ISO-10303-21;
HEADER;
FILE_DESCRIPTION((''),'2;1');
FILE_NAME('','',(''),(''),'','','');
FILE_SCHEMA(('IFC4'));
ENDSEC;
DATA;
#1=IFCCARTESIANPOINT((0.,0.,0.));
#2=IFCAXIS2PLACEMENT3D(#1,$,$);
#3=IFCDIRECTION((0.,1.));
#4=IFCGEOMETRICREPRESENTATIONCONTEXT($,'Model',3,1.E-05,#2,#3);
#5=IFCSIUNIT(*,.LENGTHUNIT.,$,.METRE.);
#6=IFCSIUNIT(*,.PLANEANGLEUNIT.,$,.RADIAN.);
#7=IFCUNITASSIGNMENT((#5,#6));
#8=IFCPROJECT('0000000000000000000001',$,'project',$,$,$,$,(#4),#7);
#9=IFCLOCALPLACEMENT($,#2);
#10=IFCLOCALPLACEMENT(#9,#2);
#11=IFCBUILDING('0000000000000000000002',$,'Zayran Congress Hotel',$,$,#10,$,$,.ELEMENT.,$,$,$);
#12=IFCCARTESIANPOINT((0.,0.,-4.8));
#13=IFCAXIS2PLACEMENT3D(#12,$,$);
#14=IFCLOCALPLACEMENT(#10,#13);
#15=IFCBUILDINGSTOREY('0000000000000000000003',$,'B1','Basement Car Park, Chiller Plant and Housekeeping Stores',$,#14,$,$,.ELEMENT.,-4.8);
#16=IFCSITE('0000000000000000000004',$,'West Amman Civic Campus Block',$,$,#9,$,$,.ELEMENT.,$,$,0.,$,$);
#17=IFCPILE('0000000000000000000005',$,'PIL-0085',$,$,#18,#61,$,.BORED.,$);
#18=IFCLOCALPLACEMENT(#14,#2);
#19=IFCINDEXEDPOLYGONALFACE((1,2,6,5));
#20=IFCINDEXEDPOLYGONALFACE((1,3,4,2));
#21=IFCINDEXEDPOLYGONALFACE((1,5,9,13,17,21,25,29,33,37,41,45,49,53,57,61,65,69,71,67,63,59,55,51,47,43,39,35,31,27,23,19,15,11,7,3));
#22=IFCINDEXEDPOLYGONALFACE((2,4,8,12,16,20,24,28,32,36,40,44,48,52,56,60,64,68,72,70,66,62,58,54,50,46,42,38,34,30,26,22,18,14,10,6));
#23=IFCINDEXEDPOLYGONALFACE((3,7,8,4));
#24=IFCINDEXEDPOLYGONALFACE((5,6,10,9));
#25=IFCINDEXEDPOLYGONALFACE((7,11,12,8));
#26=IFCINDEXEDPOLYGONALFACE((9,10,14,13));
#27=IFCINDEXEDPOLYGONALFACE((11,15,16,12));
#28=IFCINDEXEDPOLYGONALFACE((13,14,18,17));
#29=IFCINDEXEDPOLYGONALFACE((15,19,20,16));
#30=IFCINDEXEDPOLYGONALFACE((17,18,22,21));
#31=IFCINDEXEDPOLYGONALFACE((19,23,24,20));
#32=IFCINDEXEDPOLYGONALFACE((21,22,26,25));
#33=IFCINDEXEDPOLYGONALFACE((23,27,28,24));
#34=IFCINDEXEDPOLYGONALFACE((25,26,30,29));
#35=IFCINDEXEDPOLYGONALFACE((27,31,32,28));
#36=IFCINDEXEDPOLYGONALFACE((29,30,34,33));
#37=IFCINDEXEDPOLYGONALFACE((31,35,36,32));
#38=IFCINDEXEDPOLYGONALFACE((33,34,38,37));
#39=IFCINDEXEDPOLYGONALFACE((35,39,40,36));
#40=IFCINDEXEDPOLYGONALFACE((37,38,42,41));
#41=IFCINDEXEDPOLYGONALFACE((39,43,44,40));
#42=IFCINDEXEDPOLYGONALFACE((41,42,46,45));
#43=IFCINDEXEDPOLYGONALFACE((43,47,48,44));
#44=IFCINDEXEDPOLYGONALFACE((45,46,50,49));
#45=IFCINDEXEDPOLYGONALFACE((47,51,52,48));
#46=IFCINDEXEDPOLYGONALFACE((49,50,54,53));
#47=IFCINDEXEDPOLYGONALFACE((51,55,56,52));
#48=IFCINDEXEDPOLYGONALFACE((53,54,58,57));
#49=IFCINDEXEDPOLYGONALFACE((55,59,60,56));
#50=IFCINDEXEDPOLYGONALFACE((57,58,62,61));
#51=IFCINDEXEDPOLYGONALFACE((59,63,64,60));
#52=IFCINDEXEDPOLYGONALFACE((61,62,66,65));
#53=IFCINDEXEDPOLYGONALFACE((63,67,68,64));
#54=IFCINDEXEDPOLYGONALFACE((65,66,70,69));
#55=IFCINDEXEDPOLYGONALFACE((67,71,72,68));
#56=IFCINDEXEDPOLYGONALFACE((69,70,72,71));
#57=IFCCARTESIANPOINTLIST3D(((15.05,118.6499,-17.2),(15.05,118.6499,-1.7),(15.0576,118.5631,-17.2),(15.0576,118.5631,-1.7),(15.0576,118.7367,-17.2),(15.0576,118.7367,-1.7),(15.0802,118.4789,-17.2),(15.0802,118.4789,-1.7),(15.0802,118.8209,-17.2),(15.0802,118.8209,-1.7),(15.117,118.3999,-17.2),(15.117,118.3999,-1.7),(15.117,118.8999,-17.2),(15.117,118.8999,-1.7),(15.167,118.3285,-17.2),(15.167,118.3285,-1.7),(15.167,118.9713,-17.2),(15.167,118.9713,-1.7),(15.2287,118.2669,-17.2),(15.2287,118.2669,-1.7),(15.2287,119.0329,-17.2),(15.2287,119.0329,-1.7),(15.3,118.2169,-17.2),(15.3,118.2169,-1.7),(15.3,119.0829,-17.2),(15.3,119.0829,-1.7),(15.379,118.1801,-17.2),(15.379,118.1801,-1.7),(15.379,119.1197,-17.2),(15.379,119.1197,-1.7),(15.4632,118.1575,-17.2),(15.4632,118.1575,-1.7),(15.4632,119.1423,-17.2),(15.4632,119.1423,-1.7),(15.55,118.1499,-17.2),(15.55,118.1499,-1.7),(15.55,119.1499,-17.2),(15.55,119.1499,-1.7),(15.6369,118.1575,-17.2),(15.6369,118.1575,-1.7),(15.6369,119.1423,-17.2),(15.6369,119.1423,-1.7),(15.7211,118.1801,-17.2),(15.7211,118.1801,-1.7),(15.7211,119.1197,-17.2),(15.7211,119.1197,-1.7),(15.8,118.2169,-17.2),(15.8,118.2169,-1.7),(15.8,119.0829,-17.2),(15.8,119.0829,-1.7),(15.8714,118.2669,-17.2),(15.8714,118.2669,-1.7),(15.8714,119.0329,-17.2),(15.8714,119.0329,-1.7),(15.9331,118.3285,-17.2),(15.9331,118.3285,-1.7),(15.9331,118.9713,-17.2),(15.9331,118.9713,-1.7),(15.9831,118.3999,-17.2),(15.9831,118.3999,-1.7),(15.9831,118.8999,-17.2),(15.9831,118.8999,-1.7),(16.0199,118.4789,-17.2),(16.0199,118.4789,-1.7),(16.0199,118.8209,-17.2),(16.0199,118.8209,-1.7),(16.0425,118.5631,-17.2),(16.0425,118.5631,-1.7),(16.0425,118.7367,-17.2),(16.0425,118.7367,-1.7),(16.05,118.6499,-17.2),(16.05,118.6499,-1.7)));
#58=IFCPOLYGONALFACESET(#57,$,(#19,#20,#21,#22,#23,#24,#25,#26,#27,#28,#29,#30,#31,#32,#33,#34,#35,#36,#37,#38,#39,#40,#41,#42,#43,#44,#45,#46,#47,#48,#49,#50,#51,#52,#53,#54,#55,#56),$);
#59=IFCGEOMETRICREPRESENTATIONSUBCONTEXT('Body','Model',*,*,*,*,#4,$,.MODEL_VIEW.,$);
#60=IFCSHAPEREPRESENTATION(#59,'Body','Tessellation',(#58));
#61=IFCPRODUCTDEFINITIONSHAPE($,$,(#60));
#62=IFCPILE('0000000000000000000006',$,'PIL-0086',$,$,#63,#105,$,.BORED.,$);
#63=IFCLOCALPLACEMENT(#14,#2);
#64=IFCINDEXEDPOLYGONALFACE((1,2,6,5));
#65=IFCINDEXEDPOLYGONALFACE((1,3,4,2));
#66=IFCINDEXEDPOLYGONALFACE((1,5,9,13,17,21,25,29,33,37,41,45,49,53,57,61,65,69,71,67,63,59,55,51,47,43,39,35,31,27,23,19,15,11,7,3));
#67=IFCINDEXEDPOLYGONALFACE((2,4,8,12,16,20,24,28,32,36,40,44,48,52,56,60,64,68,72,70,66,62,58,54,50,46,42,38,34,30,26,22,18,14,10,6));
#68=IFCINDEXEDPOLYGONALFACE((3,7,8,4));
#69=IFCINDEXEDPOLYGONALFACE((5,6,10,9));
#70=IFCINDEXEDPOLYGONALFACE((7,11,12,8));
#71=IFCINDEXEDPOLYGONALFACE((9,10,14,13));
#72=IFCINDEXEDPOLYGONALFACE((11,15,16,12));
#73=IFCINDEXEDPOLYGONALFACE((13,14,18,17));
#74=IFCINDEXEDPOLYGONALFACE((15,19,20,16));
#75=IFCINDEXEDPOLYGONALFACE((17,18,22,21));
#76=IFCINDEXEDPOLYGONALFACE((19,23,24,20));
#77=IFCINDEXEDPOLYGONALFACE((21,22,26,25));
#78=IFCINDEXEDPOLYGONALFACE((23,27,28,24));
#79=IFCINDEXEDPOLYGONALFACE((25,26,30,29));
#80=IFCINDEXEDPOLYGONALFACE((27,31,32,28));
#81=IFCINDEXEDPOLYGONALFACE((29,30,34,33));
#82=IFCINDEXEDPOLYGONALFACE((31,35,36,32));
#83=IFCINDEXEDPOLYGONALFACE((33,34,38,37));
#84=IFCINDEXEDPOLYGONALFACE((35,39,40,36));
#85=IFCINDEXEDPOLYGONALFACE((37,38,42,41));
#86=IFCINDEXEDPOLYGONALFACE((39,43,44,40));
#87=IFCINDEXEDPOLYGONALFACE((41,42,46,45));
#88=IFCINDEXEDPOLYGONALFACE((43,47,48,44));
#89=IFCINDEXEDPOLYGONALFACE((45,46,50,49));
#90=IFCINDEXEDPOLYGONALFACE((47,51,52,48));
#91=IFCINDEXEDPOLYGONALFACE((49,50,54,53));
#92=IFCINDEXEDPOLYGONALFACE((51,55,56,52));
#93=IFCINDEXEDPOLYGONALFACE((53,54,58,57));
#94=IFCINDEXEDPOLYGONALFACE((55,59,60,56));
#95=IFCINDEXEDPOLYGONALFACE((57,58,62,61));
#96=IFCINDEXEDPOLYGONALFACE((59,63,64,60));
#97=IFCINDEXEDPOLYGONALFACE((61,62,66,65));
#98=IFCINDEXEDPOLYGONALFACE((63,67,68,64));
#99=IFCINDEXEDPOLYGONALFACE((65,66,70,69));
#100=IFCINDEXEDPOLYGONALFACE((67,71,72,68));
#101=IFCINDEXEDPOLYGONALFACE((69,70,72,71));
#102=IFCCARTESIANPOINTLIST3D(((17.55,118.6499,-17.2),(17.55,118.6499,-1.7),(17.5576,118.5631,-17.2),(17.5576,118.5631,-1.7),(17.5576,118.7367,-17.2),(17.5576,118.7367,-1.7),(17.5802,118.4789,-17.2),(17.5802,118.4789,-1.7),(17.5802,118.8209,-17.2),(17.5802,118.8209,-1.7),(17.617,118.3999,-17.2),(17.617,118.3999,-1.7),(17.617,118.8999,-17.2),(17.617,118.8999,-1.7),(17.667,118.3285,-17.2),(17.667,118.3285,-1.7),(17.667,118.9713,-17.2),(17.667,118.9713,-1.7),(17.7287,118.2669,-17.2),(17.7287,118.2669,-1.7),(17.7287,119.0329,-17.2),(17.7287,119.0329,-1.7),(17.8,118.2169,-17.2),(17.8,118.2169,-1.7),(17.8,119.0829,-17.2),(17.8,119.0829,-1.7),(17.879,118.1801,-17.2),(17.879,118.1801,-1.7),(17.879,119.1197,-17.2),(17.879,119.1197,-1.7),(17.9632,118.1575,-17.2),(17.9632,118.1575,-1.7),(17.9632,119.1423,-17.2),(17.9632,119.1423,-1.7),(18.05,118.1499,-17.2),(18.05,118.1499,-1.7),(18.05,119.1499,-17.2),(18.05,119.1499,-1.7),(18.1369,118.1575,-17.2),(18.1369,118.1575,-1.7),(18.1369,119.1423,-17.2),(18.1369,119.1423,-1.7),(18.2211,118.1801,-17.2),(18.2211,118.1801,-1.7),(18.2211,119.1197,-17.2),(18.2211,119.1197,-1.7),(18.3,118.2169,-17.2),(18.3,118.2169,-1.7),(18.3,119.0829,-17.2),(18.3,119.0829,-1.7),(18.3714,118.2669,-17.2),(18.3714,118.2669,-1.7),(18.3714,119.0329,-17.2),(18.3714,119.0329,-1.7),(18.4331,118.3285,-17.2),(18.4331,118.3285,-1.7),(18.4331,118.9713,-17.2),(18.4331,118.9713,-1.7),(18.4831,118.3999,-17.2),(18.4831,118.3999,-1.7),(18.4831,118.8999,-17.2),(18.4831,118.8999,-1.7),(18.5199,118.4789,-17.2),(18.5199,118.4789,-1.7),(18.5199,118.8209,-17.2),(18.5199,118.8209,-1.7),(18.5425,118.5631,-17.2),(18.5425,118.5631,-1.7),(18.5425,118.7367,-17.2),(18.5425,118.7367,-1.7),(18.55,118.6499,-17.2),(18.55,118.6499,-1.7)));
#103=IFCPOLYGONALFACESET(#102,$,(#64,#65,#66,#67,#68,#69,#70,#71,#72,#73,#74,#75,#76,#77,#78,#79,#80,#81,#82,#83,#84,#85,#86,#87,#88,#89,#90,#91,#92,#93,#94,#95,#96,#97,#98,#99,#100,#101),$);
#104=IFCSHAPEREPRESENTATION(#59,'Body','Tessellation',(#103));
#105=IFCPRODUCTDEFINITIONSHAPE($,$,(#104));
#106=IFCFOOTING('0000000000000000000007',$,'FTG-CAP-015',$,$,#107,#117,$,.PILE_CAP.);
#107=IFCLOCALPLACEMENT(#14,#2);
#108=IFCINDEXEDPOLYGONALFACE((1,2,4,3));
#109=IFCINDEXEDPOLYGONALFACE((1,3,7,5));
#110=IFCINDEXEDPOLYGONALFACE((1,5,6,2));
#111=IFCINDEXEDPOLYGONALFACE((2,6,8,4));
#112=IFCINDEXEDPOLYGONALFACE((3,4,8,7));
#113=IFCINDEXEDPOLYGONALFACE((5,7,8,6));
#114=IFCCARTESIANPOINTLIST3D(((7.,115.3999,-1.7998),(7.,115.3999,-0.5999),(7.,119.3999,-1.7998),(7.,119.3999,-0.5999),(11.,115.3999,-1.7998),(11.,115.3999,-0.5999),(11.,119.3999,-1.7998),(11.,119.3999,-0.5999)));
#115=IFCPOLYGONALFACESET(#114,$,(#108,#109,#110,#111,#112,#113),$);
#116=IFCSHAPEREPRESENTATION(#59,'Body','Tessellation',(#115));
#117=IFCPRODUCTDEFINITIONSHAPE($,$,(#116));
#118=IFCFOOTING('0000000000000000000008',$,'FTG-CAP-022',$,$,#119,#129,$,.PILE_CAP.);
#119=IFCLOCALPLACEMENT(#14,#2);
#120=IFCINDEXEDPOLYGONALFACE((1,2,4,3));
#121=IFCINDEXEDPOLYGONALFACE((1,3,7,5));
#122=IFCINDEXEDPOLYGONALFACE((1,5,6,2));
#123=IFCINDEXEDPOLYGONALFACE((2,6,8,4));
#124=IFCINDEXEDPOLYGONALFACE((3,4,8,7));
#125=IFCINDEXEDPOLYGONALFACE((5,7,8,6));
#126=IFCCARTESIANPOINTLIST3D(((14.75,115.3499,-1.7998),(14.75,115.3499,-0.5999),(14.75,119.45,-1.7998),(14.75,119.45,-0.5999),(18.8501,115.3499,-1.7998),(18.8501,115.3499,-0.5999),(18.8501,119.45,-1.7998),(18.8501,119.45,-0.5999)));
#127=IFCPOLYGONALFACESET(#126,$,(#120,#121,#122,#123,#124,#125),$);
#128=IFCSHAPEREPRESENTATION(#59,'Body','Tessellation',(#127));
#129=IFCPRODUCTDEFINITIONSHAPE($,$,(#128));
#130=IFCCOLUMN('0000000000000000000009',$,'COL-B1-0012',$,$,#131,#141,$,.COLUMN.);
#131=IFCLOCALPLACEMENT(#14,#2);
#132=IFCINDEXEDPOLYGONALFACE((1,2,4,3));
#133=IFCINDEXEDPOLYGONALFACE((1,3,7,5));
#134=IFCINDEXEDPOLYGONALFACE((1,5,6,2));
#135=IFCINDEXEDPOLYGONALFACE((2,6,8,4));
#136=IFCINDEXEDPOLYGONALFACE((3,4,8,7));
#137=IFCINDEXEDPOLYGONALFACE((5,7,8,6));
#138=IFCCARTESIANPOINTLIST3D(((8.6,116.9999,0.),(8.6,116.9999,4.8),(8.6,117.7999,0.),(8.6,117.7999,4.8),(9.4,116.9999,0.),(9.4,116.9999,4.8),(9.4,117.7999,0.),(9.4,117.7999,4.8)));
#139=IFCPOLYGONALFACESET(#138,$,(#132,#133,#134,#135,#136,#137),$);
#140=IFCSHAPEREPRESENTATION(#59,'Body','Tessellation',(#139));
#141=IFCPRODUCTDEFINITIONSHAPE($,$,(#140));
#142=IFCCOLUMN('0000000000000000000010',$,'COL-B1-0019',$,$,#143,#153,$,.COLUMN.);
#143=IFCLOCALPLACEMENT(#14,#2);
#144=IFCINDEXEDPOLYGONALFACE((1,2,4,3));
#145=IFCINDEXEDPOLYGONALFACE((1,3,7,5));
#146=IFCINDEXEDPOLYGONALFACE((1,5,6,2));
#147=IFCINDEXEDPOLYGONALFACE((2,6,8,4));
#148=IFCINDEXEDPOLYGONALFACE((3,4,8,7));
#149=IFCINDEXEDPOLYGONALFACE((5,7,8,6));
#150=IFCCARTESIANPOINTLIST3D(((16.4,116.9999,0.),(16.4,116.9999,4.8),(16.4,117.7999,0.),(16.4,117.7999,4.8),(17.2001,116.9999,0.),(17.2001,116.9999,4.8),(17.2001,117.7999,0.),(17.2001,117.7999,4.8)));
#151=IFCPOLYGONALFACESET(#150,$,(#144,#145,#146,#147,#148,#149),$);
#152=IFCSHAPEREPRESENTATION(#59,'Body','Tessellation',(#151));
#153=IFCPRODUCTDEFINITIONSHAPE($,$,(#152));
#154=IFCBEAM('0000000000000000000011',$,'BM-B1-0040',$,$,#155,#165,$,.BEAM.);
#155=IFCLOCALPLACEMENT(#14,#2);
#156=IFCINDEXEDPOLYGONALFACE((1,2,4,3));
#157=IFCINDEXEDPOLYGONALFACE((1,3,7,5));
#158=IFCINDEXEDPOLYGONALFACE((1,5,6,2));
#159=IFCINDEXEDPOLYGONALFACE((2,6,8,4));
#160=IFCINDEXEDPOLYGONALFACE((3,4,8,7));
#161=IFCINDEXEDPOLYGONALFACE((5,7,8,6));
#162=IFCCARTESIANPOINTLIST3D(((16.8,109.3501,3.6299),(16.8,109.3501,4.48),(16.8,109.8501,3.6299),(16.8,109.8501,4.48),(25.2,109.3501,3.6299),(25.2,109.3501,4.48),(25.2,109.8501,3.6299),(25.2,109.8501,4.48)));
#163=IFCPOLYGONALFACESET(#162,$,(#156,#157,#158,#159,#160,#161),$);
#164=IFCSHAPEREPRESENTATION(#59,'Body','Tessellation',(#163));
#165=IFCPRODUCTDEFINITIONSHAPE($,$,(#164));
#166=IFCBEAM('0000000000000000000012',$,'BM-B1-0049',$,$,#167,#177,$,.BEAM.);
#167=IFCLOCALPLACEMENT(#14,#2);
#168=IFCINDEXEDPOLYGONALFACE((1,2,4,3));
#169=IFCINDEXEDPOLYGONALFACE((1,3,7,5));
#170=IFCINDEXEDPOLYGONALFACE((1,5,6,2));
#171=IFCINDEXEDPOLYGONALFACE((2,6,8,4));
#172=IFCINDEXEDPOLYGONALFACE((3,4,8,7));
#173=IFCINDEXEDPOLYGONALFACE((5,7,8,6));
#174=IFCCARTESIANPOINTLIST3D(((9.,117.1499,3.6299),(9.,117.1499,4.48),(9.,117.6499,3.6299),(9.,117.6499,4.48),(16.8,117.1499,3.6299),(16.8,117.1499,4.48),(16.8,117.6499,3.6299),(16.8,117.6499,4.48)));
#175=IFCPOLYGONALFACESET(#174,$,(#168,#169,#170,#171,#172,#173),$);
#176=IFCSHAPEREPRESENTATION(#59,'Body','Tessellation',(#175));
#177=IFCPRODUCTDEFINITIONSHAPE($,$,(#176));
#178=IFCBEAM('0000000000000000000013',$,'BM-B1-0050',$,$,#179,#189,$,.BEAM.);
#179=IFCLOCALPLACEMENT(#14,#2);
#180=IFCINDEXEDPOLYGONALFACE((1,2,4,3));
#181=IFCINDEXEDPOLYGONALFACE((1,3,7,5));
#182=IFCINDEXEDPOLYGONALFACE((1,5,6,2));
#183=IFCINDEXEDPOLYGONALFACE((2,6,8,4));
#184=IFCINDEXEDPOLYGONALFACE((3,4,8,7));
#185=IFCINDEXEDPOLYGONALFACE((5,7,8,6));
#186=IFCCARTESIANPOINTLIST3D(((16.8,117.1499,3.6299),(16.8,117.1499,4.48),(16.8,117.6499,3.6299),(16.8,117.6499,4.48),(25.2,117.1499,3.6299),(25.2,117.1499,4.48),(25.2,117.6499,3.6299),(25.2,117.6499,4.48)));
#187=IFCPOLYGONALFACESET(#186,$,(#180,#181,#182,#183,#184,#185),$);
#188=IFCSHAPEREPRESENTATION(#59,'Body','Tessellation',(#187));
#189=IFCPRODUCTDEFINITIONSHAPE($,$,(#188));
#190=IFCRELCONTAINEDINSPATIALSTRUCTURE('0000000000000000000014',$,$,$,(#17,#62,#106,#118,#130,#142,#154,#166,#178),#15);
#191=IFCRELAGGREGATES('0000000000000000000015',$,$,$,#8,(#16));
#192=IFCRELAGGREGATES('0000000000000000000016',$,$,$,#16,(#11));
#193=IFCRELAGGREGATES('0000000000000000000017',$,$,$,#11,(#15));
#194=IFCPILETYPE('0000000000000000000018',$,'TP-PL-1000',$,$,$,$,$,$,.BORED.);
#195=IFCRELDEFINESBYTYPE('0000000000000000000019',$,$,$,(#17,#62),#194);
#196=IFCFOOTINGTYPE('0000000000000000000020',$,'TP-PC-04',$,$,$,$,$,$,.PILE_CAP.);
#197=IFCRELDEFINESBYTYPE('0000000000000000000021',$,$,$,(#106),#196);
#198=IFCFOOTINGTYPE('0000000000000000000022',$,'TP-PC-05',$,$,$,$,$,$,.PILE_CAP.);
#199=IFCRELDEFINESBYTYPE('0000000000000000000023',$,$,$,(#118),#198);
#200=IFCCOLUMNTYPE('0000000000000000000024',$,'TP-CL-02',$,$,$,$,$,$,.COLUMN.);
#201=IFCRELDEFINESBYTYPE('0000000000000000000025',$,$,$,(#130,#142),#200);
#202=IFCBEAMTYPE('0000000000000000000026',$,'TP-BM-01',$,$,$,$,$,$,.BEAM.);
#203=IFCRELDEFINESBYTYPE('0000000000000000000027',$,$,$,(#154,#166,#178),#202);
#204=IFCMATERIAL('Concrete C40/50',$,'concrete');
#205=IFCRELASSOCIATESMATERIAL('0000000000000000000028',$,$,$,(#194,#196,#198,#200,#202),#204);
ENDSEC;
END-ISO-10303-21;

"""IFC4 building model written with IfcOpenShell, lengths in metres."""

from ifc_helpers import new_model, si_unit, direction, frame, origin, origin_2d, place, context, subcontext, project, spatial, rectangle, circle, extrude, material, material_profile, profile_set, type_object, element, save


model = new_model("IFC4")

# Units and contexts
model_context = context("Model", 3, precision=1e-05, world=origin(), true_north=direction((0.0, 1.0)))
body_context = subcontext(model_context, "Body", "Model", "MODEL_VIEW")
ifc_project = project(units=[si_unit("LENGTHUNIT", "METRE"), si_unit("PLANEANGLEUNIT", "RADIAN")], contexts=[model_context])

# Site, building, storey
site_placement = place(None, origin())
site = spatial("IfcSite", under=ifc_project, at=site_placement, Name="West Amman Civic Campus Block", CompositionType="ELEMENT", RefElevation=0.0)
building_placement = place(site_placement, origin())
building = spatial("IfcBuilding", under=site, at=building_placement, Name="Zayran Congress Hotel", CompositionType="ELEMENT")
storey_placement = place(building_placement, frame((0.0, 0.0, -4.8)))
storey = spatial("IfcBuildingStorey", under=building, at=storey_placement, Name="B1", Description="Basement Car Park, Chiller Plant and Housekeeping Stores", CompositionType="ELEMENT", Elevation=-4.8)

# Piles
ifc_material_1 = material(Name="Concrete C40/50", Category="concrete")
ifc_material_profile_1 = material_profile(ifc_material_1, circle(Radius=0.5, at=origin_2d()), Name="PILE D1000")
ifc_profile_set_1 = profile_set([ifc_material_profile_1], Name="Concrete C40/50")
pile_type = type_object("IfcPileType", Name="TP-PL-1000", PredefinedType="BORED", material=ifc_profile_set_1)
for number, where, z_axis, x_axis, name in (
    (1, (15.55, 118.6499, -1.7), (0.0, 0.0, -1.0), (1.0, 0.0, 0.0), "PIL-0085"),
    (2, (18.05, 118.6499, -1.7), (0.0, 0.0, -1.0), (1.0, 0.0, 0.0), "PIL-0086"),
):
    element("IfcPile", number, at=place(storey_placement, frame(where, z_axis=z_axis, x_axis=x_axis)), inside=storey, type_object=pile_type, Name=name, PredefinedType="BORED", context=body_context, shape_type="SweptSolid", body=[
        extrude(circle(Radius=0.5, at=origin_2d()), origin(), (0.0, 0.0, 1.0), 15.5),
    ])

# Footings
footing_type_1 = type_object("IfcFootingType", Name="TP-PC-04", PredefinedType="PILE_CAP", material=ifc_material_1)
footing_1_placement = place(storey_placement, frame((9.0, 117.3999, -1.7998), z_axis=(0.0, 0.0, 1.0), x_axis=(1.0, 0.0, 0.0)))
element("IfcFooting", 3, at=footing_1_placement, inside=storey, type_object=footing_type_1, Name="FTG-CAP-015", PredefinedType="PILE_CAP", context=body_context, shape_type="SweptSolid", body=[
    extrude(rectangle(XDim=4.0, YDim=4.0, at=origin_2d()), origin(), (0.0, 0.0, 1.0), 1.2),
])
footing_type_2 = type_object("IfcFootingType", Name="TP-PC-05", PredefinedType="PILE_CAP", material=ifc_material_1)
footing_2_placement = place(storey_placement, frame((16.8, 117.3999, -1.7998), z_axis=(0.0, 0.0, 1.0), x_axis=(1.0, 0.0, 0.0)))
element("IfcFooting", 4, at=footing_2_placement, inside=storey, type_object=footing_type_2, Name="FTG-CAP-022", PredefinedType="PILE_CAP", context=body_context, shape_type="SweptSolid", body=[
    extrude(rectangle(XDim=4.1001, YDim=4.1001, at=origin_2d()), origin(), (0.0, 0.0, 1.0), 1.2),
])

# Columns
ifc_material_profile_2 = material_profile(ifc_material_1, rectangle(XDim=0.8, YDim=0.8, at=origin_2d()), Name="RC 800x800")
ifc_profile_set_2 = profile_set([ifc_material_profile_2], Name="Concrete C40/50")
column_type = type_object("IfcColumnType", Name="TP-CL-02", PredefinedType="COLUMN", material=ifc_profile_set_2)
for number, where, z_axis, x_axis, name in (
    (5, (9.0, 117.3999, 0.0), (0.0, 0.0, 1.0), (1.0, 0.0, 0.0), "COL-B1-0012"),
    (6, (16.8, 117.3999, 0.0), (0.0, 0.0, 1.0), (1.0, 0.0, 0.0), "COL-B1-0019"),
):
    element("IfcColumn", number, at=place(storey_placement, frame(where, z_axis=z_axis, x_axis=x_axis)), inside=storey, type_object=column_type, Name=name, PredefinedType="COLUMN", context=body_context, shape_type="SweptSolid", body=[
        extrude(rectangle(XDim=0.8, YDim=0.8, at=origin_2d()), origin(), (0.0, 0.0, 1.0), 4.8),
    ])

# Beams
ifc_material_profile_3 = material_profile(ifc_material_1, rectangle(XDim=0.5, YDim=0.8501, at=origin_2d()), Name="RC 500x850")
ifc_profile_set_3 = profile_set([ifc_material_profile_3], Name="Concrete C40/50")
beam_type = type_object("IfcBeamType", Name="TP-BM-01", PredefinedType="BEAM", material=ifc_profile_set_3)
beam_1_placement = place(storey_placement, frame((16.8, 109.6001, 4.0549), z_axis=(1.0, 0.0, 0.0), x_axis=(0.0, 1.0, 0.0)))
element("IfcBeam", 7, at=beam_1_placement, inside=storey, type_object=beam_type, Name="BM-B1-0040", PredefinedType="BEAM", context=body_context, shape_type="SweptSolid", body=[
    extrude(rectangle(XDim=0.5, YDim=0.8501, at=origin_2d()), origin(), (0.0, 0.0, 1.0), 8.3999),
])
beam_2_placement = place(storey_placement, frame((9.0, 117.3999, 4.0549), z_axis=(1.0, 0.0, 0.0), x_axis=(0.0, 1.0, 0.0)))
element("IfcBeam", 8, at=beam_2_placement, inside=storey, type_object=beam_type, Name="BM-B1-0049", PredefinedType="BEAM", context=body_context, shape_type="SweptSolid", body=[
    extrude(rectangle(XDim=0.5, YDim=0.8501, at=origin_2d()), origin(), (0.0, 0.0, 1.0), 7.8),
])
beam_3_placement = place(storey_placement, frame((16.8, 117.3999, 4.0549), z_axis=(1.0, 0.0, 0.0), x_axis=(0.0, 1.0, 0.0)))
element("IfcBeam", 9, at=beam_3_placement, inside=storey, type_object=beam_type, Name="BM-B1-0050", PredefinedType="BEAM", context=body_context, shape_type="SweptSolid", body=[
    extrude(rectangle(XDim=0.5, YDim=0.8501, at=origin_2d()), origin(), (0.0, 0.0, 1.0), 8.3999),
])

save(model, "model.ifc")
